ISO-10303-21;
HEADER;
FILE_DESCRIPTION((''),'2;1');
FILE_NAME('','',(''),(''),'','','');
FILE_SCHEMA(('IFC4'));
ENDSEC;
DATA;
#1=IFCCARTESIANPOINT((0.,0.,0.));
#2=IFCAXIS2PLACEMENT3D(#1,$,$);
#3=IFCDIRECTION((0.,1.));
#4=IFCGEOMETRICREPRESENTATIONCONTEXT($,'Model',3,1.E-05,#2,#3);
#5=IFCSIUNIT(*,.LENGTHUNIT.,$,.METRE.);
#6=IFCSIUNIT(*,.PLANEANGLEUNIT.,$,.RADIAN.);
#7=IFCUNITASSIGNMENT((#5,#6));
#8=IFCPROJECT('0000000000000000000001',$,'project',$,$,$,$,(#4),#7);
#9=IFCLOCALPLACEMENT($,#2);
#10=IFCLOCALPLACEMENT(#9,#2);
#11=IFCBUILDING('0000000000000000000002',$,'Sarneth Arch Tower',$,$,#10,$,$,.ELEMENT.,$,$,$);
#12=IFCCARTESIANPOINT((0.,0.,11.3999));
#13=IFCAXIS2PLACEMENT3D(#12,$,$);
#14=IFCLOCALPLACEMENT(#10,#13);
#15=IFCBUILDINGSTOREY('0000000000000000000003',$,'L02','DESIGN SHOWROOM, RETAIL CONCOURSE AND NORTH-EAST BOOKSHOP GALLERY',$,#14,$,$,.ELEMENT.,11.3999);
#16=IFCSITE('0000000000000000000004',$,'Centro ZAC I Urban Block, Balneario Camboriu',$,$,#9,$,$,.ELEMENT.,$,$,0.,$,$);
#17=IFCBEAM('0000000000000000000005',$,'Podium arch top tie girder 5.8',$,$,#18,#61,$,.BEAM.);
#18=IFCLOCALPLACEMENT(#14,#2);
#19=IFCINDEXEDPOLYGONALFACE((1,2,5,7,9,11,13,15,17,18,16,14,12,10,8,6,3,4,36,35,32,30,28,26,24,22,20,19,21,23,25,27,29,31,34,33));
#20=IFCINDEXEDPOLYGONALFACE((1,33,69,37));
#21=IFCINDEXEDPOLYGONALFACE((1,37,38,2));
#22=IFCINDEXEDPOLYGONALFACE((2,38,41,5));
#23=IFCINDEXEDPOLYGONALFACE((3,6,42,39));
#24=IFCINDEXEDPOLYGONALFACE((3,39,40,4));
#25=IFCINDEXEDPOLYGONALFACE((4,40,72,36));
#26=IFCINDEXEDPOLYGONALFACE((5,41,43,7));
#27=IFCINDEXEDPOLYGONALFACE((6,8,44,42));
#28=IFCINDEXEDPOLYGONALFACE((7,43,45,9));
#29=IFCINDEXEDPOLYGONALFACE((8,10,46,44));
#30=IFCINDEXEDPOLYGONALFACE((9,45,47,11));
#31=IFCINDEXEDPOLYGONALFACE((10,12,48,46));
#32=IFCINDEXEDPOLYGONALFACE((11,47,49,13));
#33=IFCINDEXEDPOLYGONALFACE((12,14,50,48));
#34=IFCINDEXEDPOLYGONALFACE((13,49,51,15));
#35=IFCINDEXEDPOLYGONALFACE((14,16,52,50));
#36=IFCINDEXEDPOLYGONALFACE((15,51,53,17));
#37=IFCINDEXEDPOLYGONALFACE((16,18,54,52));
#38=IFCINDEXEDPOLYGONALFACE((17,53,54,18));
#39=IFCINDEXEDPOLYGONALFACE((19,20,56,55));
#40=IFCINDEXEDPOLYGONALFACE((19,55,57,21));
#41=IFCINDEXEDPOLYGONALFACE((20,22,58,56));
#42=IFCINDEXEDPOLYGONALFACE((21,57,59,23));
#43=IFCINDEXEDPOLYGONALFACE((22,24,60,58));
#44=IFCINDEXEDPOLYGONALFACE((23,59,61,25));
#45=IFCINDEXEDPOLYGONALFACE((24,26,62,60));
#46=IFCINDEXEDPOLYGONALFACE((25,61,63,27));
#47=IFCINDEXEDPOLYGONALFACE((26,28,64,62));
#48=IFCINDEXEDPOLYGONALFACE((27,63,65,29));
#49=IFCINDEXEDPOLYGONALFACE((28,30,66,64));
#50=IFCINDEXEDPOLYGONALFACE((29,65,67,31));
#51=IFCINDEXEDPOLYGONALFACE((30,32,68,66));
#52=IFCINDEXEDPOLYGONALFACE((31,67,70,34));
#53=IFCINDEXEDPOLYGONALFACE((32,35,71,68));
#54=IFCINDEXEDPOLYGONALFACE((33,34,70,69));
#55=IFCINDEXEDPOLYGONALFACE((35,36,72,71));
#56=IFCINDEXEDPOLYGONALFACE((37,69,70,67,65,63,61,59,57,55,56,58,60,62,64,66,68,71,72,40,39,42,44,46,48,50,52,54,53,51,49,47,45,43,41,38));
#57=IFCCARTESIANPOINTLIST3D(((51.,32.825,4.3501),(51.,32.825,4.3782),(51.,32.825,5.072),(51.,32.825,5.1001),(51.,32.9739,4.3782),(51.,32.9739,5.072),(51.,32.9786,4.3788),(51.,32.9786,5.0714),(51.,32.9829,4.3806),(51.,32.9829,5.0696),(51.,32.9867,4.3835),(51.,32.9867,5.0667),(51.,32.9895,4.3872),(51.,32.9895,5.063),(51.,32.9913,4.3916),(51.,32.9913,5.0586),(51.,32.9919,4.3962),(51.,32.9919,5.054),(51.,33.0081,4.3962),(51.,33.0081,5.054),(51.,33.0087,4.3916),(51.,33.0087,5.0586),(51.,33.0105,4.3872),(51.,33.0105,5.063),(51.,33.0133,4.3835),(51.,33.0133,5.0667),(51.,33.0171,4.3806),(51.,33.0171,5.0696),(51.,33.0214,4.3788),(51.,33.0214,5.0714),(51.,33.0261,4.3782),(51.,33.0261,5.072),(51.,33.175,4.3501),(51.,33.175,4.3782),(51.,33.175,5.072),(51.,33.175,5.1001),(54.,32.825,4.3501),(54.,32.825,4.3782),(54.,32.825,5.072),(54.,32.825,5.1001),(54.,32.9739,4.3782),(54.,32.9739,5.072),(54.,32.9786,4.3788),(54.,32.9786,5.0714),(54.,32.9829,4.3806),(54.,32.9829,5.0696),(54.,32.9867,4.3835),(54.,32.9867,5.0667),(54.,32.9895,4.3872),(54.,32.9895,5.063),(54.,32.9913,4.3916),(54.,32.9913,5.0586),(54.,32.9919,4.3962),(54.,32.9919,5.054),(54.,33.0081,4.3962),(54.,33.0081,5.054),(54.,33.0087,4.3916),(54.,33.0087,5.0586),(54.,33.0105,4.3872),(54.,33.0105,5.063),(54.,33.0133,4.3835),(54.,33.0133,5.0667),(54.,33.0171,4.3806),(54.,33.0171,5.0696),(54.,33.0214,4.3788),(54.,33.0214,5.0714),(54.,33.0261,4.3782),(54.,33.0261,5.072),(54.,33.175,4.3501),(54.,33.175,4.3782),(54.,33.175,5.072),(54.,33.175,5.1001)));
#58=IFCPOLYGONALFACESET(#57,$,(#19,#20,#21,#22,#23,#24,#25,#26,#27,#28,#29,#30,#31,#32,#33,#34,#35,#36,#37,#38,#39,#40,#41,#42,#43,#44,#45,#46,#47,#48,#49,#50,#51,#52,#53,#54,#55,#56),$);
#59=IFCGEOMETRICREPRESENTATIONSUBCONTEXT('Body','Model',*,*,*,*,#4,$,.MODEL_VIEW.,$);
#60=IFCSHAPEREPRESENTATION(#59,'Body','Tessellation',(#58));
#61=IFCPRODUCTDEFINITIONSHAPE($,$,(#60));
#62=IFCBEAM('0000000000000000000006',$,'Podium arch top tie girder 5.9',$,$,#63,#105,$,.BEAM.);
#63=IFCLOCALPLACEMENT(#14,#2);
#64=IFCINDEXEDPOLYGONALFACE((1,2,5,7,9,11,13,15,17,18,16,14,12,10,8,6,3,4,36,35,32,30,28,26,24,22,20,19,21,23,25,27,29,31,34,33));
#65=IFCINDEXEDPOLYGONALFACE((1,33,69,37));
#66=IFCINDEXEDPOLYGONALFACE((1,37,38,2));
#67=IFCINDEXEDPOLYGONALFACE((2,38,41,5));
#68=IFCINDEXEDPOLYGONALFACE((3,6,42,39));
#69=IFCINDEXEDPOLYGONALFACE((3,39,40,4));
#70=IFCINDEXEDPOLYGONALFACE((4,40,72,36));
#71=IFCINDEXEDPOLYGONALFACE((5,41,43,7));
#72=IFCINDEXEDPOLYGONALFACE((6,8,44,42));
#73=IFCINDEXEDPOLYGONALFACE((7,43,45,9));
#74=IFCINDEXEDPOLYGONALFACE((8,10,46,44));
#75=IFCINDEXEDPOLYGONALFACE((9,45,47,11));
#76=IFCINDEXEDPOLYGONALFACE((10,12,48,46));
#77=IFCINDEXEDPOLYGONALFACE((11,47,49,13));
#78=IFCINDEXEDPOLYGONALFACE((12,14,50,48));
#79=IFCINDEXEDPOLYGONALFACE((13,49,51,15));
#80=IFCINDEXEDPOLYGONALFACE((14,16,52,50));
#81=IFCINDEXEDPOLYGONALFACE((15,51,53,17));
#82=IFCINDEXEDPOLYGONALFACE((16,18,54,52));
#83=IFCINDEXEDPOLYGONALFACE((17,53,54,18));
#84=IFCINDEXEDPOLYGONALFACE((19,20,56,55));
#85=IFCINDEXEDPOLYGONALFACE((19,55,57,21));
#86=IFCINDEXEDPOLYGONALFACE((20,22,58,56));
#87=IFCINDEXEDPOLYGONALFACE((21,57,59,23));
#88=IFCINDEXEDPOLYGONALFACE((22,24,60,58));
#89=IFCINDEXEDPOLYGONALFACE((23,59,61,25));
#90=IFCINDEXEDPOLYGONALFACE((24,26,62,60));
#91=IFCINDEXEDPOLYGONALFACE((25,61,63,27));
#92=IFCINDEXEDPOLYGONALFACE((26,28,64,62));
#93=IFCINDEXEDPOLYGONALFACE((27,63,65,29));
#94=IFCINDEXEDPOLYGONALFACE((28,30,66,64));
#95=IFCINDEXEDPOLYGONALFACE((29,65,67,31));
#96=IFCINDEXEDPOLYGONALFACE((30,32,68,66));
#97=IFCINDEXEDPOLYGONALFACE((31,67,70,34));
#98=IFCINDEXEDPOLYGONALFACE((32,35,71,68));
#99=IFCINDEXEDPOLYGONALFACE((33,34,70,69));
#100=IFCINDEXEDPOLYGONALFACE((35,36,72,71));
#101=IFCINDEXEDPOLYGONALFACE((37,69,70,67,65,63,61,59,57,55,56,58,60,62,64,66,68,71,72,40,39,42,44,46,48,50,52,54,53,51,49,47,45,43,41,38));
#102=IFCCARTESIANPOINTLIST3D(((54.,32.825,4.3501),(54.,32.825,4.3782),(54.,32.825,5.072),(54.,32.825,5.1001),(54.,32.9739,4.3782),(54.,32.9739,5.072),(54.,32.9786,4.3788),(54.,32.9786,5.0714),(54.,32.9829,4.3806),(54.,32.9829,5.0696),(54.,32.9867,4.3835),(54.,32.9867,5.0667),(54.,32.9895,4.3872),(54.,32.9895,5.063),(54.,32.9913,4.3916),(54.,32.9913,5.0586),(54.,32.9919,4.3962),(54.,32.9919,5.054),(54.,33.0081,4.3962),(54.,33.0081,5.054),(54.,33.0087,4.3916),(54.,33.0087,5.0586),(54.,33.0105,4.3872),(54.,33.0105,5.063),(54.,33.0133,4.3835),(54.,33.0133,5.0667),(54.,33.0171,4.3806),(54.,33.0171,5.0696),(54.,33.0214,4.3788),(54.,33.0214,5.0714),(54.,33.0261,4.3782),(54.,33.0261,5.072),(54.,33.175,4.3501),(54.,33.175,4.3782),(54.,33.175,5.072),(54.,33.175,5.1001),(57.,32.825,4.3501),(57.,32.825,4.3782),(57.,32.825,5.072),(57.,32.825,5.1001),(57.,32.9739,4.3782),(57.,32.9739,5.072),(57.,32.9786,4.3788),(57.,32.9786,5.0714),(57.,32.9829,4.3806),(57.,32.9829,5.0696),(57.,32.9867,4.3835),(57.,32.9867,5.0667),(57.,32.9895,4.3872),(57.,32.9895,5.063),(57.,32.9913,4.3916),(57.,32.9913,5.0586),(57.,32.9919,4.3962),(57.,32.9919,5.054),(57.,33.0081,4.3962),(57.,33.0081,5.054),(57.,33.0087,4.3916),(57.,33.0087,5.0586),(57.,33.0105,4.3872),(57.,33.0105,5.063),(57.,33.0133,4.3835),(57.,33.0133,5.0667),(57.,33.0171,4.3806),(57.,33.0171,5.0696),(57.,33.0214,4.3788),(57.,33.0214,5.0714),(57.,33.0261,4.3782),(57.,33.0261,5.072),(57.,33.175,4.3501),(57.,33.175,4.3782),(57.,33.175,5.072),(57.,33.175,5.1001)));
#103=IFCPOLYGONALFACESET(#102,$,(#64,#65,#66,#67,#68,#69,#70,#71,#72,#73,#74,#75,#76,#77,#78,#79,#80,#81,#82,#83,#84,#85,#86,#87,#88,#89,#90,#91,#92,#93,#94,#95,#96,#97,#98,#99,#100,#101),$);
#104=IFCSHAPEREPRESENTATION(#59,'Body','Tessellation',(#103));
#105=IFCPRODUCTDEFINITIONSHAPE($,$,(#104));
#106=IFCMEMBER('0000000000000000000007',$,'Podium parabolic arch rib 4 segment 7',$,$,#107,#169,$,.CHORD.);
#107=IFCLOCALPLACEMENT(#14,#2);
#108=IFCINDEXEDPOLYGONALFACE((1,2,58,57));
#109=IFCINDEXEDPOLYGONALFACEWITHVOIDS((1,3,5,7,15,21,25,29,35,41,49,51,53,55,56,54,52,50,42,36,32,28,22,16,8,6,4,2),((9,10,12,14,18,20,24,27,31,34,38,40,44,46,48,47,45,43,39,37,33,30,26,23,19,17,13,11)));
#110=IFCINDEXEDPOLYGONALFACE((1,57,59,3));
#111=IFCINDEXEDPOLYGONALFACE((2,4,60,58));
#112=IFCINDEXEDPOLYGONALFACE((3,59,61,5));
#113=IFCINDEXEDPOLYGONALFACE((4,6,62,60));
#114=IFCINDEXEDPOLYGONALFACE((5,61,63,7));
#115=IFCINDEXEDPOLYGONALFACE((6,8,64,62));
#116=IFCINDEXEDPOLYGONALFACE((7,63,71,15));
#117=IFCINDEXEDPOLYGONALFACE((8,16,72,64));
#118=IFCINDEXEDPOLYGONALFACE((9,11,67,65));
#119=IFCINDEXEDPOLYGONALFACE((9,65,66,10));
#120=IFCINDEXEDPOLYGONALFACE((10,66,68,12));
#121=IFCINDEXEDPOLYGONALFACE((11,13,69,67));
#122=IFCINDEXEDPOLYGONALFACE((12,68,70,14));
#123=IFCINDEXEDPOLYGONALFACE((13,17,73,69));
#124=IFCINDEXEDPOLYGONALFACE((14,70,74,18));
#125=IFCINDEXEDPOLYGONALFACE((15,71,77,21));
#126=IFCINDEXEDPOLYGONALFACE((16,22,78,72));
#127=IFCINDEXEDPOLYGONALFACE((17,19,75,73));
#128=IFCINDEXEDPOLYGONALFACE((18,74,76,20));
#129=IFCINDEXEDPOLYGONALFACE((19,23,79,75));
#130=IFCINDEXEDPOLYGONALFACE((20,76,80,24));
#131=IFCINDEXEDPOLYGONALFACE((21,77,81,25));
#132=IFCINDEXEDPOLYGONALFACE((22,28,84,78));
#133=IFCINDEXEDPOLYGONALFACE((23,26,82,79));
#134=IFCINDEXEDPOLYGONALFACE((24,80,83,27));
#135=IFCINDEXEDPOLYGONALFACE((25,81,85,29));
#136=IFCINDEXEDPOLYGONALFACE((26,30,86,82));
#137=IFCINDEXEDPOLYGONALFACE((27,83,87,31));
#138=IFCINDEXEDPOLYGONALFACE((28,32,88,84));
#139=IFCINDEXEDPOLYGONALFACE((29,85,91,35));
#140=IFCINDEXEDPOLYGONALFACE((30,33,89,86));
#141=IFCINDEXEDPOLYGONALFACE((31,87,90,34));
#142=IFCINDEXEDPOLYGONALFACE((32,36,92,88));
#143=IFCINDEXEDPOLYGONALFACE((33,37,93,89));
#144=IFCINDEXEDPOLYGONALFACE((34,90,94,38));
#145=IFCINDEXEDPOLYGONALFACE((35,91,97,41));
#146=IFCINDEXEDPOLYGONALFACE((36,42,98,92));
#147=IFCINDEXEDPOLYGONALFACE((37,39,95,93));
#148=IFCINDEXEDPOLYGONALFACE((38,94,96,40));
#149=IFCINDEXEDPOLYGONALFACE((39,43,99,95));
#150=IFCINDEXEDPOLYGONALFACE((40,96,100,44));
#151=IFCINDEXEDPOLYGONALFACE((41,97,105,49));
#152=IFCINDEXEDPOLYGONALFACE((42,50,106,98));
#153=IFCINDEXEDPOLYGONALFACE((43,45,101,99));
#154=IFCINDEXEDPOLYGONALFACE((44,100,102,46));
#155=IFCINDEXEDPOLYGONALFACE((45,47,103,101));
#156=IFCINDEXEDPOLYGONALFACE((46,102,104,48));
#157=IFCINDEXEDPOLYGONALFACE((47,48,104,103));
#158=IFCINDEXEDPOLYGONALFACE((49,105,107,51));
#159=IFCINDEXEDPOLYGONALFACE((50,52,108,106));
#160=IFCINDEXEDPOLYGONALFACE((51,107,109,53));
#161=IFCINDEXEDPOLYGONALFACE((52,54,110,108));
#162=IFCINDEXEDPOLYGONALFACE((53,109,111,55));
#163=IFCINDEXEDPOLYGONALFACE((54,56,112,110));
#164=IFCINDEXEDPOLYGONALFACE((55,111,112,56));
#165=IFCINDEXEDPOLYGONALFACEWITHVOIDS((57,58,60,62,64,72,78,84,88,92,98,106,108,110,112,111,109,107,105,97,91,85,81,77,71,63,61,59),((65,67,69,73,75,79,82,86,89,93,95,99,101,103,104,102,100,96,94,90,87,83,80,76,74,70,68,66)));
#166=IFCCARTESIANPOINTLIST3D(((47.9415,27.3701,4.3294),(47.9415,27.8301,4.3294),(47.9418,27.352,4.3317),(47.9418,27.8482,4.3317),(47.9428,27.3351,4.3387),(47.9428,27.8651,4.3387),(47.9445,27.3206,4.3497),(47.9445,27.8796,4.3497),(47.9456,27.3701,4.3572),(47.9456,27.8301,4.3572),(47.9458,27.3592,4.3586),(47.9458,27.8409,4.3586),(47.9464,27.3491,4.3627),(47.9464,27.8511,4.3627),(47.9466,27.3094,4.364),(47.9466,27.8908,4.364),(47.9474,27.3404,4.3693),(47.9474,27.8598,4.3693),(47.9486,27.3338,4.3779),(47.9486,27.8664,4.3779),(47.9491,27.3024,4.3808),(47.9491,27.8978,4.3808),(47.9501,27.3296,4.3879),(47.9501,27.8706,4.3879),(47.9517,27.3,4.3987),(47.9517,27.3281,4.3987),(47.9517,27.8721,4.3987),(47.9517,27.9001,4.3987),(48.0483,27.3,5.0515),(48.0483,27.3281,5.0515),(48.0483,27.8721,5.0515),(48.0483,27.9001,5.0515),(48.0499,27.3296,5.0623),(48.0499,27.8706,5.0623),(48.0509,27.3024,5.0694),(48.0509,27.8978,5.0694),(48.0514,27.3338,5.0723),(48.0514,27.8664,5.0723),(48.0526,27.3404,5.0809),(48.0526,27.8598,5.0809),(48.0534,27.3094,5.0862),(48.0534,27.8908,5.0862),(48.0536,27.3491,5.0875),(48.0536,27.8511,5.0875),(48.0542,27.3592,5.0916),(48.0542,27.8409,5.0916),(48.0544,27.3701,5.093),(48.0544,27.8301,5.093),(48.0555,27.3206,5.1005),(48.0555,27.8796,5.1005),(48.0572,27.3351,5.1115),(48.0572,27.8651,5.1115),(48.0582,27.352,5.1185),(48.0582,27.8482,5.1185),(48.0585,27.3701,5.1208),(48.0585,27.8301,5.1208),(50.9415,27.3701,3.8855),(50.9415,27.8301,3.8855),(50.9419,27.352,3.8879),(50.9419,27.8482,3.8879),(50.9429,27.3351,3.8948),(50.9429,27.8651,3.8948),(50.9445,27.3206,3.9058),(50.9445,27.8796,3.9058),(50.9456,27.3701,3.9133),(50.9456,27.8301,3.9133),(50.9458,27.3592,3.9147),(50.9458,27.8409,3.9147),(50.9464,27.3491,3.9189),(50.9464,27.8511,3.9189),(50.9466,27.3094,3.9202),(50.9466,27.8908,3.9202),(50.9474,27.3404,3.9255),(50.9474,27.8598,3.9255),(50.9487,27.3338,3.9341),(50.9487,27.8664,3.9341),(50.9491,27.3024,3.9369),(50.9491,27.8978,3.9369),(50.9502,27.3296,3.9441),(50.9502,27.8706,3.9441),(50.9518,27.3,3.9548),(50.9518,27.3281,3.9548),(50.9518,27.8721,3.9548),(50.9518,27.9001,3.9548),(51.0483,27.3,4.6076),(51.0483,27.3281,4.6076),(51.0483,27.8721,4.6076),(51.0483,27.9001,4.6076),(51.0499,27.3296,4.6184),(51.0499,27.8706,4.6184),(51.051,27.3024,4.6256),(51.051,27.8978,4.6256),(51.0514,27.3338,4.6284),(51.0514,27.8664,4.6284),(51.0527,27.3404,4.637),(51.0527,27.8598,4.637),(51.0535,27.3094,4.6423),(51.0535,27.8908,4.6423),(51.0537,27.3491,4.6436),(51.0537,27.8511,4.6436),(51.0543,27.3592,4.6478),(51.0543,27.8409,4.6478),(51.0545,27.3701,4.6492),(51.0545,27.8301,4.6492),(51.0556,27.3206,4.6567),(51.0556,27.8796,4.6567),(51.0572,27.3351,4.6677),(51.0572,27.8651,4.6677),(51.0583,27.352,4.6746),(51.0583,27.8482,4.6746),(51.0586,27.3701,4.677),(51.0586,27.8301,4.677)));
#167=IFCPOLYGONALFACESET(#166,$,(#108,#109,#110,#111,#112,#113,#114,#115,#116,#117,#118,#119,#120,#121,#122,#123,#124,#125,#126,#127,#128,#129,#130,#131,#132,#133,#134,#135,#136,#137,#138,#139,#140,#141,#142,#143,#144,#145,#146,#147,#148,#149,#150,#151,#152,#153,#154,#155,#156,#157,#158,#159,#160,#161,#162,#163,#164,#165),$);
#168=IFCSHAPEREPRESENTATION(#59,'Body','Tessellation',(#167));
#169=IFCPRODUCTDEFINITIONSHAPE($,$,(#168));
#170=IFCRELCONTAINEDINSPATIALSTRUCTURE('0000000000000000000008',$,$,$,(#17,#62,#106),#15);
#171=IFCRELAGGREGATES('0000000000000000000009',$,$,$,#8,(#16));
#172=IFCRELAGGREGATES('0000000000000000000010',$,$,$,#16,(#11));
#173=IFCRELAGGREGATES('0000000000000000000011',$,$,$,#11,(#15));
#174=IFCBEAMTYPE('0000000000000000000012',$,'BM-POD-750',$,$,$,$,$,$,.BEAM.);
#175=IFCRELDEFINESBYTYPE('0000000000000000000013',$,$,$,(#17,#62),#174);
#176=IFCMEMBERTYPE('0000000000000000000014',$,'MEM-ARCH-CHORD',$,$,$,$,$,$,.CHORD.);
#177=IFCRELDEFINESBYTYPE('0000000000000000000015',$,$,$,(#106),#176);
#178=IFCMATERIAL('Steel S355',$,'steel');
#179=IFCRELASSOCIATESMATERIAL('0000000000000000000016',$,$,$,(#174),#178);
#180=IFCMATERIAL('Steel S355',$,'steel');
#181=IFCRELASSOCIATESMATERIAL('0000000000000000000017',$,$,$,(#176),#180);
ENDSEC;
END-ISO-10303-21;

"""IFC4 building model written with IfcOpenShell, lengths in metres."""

from ifc_helpers import new_model, si_unit, direction, frame, origin, origin_2d, place, context, subcontext, project, spatial, hollow_rectangle, i_section, extrude, material, material_profile, profile_set, type_object, element, save


model = new_model("IFC4")

# Units and contexts
model_context = context("Model", 3, precision=1e-05, world=origin(), true_north=direction((0.0, 1.0)))
body_context = subcontext(model_context, "Body", "Model", "MODEL_VIEW")
ifc_project = project(units=[si_unit("LENGTHUNIT", "METRE"), si_unit("PLANEANGLEUNIT", "RADIAN")], contexts=[model_context])

# Site, building, storey
site_placement = place(None, origin())
site = spatial("IfcSite", under=ifc_project, at=site_placement, Name="Centro ZAC I Urban Block, Balneario Camboriu", CompositionType="ELEMENT", RefElevation=0.0)
building_placement = place(site_placement, origin())
building = spatial("IfcBuilding", under=site, at=building_placement, Name="Sarneth Arch Tower", CompositionType="ELEMENT")
storey_placement = place(building_placement, frame((0.0, 0.0, 11.3999)))
storey = spatial("IfcBuildingStorey", under=building, at=storey_placement, Name="L02", Description="DESIGN SHOWROOM, RETAIL CONCOURSE AND NORTH-EAST BOOKSHOP GALLERY", CompositionType="ELEMENT", Elevation=11.3999)

# Beams
ifc_material_1 = material(Name="Steel S355", Category="steel")
ifc_material_profile_1 = material_profile(ifc_material_1, i_section(OverallWidth=0.3501, OverallDepth=0.75, WebThickness=0.0161, FlangeThickness=0.0281, FilletRadius=0.0181, at=origin_2d()), Name="CVS750x268")
ifc_profile_set_1 = profile_set([ifc_material_profile_1], Name="Steel S355")
beam_type = type_object("IfcBeamType", Name="BM-POD-750", PredefinedType="BEAM", material=ifc_profile_set_1)
for number, where, z_axis, x_axis, name in (
    (1, (51.0, 33.0, 4.7251), (1.0, 0.0, 0.0), (0.0, 1.0, 0.0), "Podium arch top tie girder 5.8"),
    (2, (54.0, 33.0, 4.7251), (1.0, 0.0, 0.0), (0.0, 1.0, 0.0), "Podium arch top tie girder 5.9"),
):
    element("IfcBeam", number, at=place(storey_placement, frame(where, z_axis=z_axis, x_axis=x_axis)), inside=storey, type_object=beam_type, Name=name, PredefinedType="BEAM", context=body_context, shape_type="SweptSolid", body=[
        extrude(i_section(OverallWidth=0.3501, OverallDepth=0.75, WebThickness=0.0161, FlangeThickness=0.0281, FilletRadius=0.0181, at=origin_2d()), origin(), (0.0, 0.0, 1.0), 3.0),
    ])

# Member
ifc_material_2 = material(Name="Steel S355", Category="steel")
ifc_material_profile_2 = material_profile(ifc_material_2, hollow_rectangle(XDim=0.6001, YDim=0.8, WallThickness=0.0281, InnerFilletRadius=0.042, OuterFilletRadius=0.0701, at=origin_2d()), Name="RHS800x600x28")
ifc_profile_set_2 = profile_set([ifc_material_profile_2], Name="Steel S355")
member_type_1 = type_object("IfcMemberType", Name="MEM-ARCH-CHORD", PredefinedType="CHORD", material=ifc_profile_set_2)
member_1_placement = place(storey_placement, frame((48.0, 27.6001, 4.7251), z_axis=(0.989232, 0.0, -0.146356), x_axis=(0.0, 1.0, 0.0)))
element("IfcMember", 3, at=member_1_placement, inside=storey, type_object=member_type_1, Name="Podium parabolic arch rib 4 segment 7", PredefinedType="CHORD", context=body_context, shape_type="SweptSolid", body=[
    extrude(hollow_rectangle(XDim=0.6001, YDim=0.8, WallThickness=0.0281, InnerFilletRadius=0.042, OuterFilletRadius=0.0701, at=origin_2d()), origin(), (0.0, 0.0, 1.0), 3.0327),
])

save(model, "model.ifc")
